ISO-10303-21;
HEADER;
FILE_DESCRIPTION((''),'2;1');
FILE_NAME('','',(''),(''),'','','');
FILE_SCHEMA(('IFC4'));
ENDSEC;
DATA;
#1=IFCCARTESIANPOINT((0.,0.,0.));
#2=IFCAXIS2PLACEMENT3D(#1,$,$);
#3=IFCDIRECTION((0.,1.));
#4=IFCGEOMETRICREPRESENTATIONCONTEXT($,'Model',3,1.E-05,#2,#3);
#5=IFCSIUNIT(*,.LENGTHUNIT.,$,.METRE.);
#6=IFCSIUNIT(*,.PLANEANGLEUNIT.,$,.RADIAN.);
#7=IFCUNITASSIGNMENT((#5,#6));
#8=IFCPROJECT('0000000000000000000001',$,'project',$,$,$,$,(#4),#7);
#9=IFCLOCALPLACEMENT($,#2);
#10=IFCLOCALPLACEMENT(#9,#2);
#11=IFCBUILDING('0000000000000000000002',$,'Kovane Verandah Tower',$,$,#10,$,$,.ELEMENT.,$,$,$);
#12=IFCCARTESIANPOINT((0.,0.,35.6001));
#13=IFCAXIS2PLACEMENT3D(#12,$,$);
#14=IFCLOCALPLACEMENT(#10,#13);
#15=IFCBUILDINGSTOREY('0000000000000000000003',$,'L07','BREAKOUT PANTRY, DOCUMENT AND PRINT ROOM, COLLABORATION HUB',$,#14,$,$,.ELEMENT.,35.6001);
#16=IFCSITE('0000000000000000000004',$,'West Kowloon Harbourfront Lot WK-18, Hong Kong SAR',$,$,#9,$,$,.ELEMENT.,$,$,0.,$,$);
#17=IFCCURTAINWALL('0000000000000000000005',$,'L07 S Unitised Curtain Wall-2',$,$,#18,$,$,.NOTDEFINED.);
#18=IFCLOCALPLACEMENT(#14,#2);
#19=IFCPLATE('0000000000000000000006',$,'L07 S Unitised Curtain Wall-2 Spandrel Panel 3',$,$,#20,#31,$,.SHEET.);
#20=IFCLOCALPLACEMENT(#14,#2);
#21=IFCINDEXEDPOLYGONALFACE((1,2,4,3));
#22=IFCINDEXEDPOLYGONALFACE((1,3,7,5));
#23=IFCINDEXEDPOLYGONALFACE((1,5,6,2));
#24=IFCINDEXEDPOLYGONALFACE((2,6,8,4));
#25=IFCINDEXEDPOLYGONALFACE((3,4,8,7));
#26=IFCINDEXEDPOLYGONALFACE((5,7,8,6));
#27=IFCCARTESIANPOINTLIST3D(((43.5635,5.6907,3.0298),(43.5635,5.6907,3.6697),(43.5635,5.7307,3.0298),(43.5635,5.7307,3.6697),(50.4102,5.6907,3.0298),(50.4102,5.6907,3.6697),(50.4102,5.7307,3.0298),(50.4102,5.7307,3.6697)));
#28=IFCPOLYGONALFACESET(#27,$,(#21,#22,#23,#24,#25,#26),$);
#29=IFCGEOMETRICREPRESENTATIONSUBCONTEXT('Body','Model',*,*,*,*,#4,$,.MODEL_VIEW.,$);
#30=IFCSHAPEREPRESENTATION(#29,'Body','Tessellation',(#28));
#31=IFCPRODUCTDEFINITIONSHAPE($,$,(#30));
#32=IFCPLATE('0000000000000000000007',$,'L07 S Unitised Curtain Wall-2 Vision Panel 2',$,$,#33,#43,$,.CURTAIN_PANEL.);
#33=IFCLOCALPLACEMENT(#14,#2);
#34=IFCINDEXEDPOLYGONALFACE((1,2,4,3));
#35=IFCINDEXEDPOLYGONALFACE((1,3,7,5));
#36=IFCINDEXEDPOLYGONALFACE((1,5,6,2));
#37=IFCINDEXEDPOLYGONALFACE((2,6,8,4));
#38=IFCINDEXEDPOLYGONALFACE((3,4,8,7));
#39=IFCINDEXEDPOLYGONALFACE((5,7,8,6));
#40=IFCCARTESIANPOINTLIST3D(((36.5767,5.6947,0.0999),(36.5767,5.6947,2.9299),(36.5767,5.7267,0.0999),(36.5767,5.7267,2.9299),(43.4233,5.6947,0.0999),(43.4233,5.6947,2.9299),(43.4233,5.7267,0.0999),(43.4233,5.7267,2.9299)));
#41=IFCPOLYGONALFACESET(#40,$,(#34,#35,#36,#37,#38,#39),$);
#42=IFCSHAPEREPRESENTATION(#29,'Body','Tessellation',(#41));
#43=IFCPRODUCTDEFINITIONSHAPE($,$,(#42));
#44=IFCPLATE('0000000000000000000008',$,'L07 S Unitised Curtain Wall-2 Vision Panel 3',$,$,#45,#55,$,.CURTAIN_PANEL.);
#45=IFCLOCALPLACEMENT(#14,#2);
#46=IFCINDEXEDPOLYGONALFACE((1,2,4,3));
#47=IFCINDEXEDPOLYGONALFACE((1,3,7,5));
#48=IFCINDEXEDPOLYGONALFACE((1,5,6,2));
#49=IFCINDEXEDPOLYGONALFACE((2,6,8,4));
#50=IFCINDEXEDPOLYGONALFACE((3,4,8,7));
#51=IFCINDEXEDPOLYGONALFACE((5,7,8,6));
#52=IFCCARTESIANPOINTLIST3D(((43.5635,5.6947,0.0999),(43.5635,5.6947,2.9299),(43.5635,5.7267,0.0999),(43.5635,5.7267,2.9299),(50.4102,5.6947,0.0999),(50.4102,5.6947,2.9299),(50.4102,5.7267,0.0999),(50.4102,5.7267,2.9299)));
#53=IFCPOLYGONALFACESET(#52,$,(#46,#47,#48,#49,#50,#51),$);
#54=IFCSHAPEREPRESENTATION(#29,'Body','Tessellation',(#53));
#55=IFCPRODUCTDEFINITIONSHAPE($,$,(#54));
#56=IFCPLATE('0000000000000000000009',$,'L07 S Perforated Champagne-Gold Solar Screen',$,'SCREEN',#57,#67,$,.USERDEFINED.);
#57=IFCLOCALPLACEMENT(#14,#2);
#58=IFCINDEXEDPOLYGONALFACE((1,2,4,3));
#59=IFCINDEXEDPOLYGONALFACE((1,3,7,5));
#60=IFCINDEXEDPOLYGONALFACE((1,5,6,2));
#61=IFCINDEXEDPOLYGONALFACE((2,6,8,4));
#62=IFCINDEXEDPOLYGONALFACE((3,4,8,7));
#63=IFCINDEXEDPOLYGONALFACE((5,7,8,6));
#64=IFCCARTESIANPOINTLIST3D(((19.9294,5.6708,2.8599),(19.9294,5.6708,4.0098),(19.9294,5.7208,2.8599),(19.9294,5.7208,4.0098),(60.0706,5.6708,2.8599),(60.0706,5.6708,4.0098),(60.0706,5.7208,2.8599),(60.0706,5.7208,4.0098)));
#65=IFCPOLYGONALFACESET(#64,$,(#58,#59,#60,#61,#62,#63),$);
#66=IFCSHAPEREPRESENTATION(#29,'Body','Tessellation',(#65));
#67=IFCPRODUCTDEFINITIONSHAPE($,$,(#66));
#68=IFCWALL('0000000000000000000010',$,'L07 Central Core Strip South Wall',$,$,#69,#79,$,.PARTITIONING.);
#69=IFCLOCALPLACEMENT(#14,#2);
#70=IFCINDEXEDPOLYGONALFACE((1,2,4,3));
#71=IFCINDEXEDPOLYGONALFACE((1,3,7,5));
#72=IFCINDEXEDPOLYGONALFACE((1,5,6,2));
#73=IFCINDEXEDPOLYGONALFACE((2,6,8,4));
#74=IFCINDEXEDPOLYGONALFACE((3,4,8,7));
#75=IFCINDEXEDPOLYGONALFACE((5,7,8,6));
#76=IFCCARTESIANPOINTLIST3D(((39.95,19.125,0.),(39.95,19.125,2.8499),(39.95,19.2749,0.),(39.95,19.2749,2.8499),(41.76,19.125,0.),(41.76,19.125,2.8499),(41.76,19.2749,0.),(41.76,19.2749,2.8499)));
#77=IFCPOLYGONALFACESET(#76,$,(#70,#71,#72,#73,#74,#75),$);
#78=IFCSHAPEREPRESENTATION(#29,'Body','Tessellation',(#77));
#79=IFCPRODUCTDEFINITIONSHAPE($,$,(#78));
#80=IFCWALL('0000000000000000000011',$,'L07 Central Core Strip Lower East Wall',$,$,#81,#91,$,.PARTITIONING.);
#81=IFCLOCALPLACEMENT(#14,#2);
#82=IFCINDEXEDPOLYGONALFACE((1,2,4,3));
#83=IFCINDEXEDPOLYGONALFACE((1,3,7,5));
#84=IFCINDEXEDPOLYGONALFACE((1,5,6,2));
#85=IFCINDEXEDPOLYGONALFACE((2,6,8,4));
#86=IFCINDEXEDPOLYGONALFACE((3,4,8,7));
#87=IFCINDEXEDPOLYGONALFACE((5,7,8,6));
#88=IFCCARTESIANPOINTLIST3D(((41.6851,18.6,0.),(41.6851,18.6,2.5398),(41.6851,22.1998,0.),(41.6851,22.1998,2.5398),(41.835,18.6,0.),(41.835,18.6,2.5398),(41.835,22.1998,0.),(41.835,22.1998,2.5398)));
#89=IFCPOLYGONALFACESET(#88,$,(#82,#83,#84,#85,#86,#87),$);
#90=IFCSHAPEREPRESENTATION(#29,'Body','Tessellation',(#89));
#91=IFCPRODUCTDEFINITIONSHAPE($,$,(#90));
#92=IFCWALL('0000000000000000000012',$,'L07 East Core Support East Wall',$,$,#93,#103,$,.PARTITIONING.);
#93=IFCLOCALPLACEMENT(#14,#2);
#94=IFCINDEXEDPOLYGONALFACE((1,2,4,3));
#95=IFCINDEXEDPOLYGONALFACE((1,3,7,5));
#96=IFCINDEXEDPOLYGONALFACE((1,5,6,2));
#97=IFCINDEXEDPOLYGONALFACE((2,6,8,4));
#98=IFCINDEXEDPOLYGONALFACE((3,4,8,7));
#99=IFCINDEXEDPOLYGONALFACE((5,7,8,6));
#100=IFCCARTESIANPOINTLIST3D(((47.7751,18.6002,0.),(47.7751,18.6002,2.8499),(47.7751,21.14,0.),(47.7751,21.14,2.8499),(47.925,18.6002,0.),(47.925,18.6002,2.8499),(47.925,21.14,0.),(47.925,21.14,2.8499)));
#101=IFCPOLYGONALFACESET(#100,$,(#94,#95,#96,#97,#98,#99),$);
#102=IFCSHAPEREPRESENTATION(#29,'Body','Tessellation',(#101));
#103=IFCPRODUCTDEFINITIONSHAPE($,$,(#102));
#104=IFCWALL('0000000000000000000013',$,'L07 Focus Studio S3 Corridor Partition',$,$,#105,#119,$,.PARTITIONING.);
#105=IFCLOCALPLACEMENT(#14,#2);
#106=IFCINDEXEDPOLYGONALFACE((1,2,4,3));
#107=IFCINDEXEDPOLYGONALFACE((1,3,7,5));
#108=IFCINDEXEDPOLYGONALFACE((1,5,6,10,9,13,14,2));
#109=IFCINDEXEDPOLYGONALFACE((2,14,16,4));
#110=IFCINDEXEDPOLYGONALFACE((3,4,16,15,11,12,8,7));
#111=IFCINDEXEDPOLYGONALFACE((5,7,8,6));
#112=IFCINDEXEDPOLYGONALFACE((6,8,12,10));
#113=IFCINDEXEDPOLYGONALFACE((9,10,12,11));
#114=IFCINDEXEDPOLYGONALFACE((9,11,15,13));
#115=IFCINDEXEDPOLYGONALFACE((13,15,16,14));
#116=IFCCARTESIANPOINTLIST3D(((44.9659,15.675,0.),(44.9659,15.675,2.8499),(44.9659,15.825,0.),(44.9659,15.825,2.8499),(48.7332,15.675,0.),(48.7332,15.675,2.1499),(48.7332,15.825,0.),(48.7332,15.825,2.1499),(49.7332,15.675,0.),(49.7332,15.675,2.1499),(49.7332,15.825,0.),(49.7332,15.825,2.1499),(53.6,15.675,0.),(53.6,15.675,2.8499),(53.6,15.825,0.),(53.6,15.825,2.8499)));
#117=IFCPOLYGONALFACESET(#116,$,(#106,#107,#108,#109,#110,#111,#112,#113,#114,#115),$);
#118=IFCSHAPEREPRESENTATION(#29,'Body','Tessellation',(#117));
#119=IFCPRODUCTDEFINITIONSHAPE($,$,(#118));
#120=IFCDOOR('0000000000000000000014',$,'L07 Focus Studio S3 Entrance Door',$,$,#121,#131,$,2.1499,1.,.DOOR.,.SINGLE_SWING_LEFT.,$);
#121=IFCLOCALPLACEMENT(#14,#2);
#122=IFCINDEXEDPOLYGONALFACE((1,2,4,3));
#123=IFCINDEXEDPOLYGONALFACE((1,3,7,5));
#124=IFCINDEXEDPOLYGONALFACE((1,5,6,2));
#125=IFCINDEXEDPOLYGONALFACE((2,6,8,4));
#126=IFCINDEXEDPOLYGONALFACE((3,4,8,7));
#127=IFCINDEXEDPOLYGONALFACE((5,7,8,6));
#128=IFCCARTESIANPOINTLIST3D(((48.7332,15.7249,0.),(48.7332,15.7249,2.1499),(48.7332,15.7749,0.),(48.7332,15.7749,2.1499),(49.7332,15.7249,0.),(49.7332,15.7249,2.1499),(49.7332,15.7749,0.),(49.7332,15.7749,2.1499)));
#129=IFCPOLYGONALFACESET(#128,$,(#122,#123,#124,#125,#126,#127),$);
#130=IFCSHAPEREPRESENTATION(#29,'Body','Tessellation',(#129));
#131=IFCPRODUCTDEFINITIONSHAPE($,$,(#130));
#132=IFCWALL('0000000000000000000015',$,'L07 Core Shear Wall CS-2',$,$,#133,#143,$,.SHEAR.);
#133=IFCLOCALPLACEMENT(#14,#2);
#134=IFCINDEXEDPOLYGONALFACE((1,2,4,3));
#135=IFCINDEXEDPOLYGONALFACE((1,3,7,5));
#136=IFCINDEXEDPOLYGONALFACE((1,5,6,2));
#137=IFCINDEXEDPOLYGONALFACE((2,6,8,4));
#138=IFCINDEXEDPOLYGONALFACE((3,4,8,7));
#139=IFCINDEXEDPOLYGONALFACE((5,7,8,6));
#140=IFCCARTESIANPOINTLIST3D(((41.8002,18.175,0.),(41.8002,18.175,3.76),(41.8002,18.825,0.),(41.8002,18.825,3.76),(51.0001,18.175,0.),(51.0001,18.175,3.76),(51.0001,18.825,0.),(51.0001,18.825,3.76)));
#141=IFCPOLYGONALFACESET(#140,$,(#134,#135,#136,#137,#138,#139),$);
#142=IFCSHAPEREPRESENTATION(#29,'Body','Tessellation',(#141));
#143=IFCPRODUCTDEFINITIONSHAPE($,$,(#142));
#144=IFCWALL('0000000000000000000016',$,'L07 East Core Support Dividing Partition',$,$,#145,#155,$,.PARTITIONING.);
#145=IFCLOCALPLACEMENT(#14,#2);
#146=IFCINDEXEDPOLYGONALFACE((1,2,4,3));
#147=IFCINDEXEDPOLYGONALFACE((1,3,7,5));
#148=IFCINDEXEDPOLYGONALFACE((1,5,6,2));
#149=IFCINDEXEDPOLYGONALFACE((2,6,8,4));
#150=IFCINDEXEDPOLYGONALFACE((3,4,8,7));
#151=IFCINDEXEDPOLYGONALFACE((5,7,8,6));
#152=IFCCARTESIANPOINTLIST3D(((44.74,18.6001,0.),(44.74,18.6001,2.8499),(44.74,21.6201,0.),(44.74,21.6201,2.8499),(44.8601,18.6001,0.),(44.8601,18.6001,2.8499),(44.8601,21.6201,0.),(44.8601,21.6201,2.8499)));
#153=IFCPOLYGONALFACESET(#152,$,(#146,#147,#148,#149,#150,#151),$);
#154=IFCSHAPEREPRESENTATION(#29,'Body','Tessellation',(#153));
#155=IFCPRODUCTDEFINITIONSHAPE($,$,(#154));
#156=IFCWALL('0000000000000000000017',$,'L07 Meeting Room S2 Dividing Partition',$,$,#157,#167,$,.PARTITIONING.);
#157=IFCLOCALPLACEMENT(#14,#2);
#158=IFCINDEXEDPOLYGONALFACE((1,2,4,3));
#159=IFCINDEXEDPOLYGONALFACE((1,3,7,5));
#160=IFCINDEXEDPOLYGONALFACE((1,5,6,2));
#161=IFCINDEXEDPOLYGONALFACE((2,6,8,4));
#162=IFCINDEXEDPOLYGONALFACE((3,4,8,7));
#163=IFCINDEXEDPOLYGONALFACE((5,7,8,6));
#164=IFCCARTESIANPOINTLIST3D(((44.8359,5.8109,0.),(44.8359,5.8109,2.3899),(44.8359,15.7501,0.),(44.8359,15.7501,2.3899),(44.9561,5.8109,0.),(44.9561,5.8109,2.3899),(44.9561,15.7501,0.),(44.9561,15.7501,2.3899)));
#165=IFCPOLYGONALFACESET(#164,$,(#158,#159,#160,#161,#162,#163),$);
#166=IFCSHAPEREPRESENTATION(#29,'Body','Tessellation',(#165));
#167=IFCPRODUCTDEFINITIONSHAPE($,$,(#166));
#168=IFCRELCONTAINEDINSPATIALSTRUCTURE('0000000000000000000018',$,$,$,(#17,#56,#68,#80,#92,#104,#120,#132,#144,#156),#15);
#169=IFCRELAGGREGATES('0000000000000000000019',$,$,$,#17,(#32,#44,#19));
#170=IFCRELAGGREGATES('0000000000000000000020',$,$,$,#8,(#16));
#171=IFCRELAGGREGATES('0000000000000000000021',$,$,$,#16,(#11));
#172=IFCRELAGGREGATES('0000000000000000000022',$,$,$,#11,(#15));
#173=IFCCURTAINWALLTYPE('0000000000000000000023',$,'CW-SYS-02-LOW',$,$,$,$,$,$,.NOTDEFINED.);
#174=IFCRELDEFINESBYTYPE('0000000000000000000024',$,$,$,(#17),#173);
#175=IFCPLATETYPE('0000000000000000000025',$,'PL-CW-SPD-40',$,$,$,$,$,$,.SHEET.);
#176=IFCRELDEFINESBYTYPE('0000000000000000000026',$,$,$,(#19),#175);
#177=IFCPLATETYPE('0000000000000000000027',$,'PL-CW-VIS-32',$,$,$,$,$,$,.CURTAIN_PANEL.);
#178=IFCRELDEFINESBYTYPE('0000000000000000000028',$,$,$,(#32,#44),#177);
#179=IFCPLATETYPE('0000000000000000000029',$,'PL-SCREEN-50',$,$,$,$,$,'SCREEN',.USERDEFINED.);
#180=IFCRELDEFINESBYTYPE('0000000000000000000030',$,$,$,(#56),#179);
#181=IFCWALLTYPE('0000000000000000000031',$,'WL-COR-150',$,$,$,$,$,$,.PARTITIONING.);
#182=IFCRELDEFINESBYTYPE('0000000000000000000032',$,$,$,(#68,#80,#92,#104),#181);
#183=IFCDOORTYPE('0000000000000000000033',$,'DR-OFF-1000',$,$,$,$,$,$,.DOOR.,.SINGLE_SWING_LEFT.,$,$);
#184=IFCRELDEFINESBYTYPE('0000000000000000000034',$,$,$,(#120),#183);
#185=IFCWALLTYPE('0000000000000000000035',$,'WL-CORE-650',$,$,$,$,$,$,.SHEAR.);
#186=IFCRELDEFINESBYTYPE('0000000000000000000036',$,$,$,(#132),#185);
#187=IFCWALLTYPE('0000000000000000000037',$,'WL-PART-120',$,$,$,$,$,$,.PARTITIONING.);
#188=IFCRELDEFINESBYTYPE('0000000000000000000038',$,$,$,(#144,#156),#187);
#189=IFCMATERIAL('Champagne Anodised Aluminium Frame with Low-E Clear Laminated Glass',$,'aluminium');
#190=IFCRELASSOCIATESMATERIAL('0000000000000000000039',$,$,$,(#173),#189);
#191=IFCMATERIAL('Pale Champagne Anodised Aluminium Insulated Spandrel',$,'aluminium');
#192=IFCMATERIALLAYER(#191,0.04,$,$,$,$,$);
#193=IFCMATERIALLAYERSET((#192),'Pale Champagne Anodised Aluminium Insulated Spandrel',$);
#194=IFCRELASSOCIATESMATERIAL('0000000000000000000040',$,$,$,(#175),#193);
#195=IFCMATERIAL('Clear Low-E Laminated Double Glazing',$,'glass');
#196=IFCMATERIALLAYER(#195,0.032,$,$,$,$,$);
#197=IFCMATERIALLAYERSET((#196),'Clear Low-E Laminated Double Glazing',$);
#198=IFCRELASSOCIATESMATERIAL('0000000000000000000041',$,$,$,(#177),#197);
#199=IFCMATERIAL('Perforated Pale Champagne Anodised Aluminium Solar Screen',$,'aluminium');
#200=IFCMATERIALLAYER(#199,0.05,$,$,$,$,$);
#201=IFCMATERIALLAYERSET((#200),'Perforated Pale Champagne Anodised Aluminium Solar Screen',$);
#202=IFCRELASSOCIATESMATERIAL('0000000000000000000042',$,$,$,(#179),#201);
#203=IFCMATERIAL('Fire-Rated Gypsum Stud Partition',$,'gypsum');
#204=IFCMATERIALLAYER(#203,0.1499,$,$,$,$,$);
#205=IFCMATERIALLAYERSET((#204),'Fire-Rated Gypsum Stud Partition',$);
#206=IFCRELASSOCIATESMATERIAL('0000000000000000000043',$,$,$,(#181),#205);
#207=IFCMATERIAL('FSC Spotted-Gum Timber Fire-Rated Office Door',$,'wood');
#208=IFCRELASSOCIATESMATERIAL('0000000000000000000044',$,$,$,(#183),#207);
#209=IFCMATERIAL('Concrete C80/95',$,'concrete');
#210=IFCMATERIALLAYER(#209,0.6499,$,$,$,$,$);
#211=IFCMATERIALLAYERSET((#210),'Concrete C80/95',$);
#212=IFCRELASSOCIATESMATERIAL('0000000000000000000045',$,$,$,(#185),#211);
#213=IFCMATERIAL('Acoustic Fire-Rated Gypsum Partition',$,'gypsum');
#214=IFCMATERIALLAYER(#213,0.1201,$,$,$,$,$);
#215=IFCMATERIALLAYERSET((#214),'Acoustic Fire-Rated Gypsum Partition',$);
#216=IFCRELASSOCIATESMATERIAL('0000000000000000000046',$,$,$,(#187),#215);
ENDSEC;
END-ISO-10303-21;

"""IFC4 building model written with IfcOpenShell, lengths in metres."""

from ifc_helpers import new_model, si_unit, direction, frame, frame_2d, origin, origin_2d, place, context, subcontext, project, spatial, rectangle, extrude, material, layer, layer_set, type_object, element, fill, aggregate, save


model = new_model("IFC4")

# Units and contexts
model_context = context("Model", 3, precision=1e-05, world=origin(), true_north=direction((0.0, 1.0)))
body_context = subcontext(model_context, "Body", "Model", "MODEL_VIEW")
ifc_project = project(units=[si_unit("LENGTHUNIT", "METRE"), si_unit("PLANEANGLEUNIT", "RADIAN")], contexts=[model_context])

# Site, building, storey
site_placement = place(None, origin())
site = spatial("IfcSite", under=ifc_project, at=site_placement, Name="West Kowloon Harbourfront Lot WK-18, Hong Kong SAR", CompositionType="ELEMENT", RefElevation=0.0)
building_placement = place(site_placement, origin())
building = spatial("IfcBuilding", under=site, at=building_placement, Name="Kovane Verandah Tower", CompositionType="ELEMENT")
storey_placement = place(building_placement, frame((0.0, 0.0, 35.6001)))
storey = spatial("IfcBuildingStorey", under=building, at=storey_placement, Name="L07", Description="BREAKOUT PANTRY, DOCUMENT AND PRINT ROOM, COLLABORATION HUB", CompositionType="ELEMENT", Elevation=35.6001)

# Shared definitions
ifc_material_1 = material(Name="Concrete C80/95", Category="concrete")

# Curtain wall, plates
ifc_material_2 = material(Name="Champagne Anodised Aluminium Frame with Low-E Clear Laminated Glass", Category="aluminium")
curtain_wall_type = type_object("IfcCurtainWallType", Name="CW-SYS-02-LOW", PredefinedType="NOTDEFINED", material=ifc_material_2)
curtain_wall_placement = place(storey_placement, origin())
curtain_wall = element("IfcCurtainWall", 1, at=curtain_wall_placement, inside=storey, type_object=curtain_wall_type, Name="L07 S Unitised Curtain Wall-2", PredefinedType="NOTDEFINED")
ifc_material_3 = material(Name="Pale Champagne Anodised Aluminium Insulated Spandrel", Category="aluminium")
ifc_layer_1 = layer(ifc_material_3, 0.04)
ifc_layer_set_1 = layer_set([ifc_layer_1], Name="Pale Champagne Anodised Aluminium Insulated Spandrel")
plate_type_1 = type_object("IfcPlateType", Name="PL-CW-SPD-40", PredefinedType="SHEET", material=ifc_layer_set_1)
plate_1_placement = place(storey_placement, frame((46.9868, 5.7107, 3.0298), z_axis=(0.0, 0.0, 1.0), x_axis=(1.0, 0.0, 0.0)))
plate_1 = element("IfcPlate", 2, at=plate_1_placement, type_object=plate_type_1, Name="L07 S Unitised Curtain Wall-2 Spandrel Panel 3", PredefinedType="SHEET", context=body_context, shape_type="SweptSolid", body=[
    extrude(rectangle(XDim=6.8467, YDim=0.04, at=origin_2d()), origin(), (0.0, 0.0, 1.0), 0.6399),
])
ifc_material_4 = material(Name="Clear Low-E Laminated Double Glazing", Category="glass")
ifc_layer_2 = layer(ifc_material_4, 0.032)
ifc_layer_set_2 = layer_set([ifc_layer_2], Name="Clear Low-E Laminated Double Glazing")
plate_type_2 = type_object("IfcPlateType", Name="PL-CW-VIS-32", PredefinedType="CURTAIN_PANEL", material=ifc_layer_set_2)
plate_2_placement = place(storey_placement, frame((40.0, 5.7107, 0.0999), z_axis=(0.0, 0.0, 1.0), x_axis=(1.0, 0.0, 0.0)))
plate_2 = element("IfcPlate", 3, at=plate_2_placement, type_object=plate_type_2, Name="L07 S Unitised Curtain Wall-2 Vision Panel 2", PredefinedType="CURTAIN_PANEL", context=body_context, shape_type="SweptSolid", body=[
    extrude(rectangle(XDim=6.8467, YDim=0.032, at=origin_2d()), origin(), (0.0, 0.0, 1.0), 2.8301),
])
plate_3_placement = place(storey_placement, frame((46.9868, 5.7107, 0.0999), z_axis=(0.0, 0.0, 1.0), x_axis=(1.0, 0.0, 0.0)))
plate_3 = element("IfcPlate", 4, at=plate_3_placement, type_object=plate_type_2, Name="L07 S Unitised Curtain Wall-2 Vision Panel 3", PredefinedType="CURTAIN_PANEL", context=body_context, shape_type="SweptSolid", body=[
    extrude(rectangle(XDim=6.8467, YDim=0.032, at=origin_2d()), origin(), (0.0, 0.0, 1.0), 2.8301),
])
aggregate(curtain_wall, [plate_2, plate_3, plate_1])

# Plate
ifc_material_5 = material(Name="Perforated Pale Champagne Anodised Aluminium Solar Screen", Category="aluminium")
ifc_layer_3 = layer(ifc_material_5, 0.05)
ifc_layer_set_3 = layer_set([ifc_layer_3], Name="Perforated Pale Champagne Anodised Aluminium Solar Screen")
plate_type_3 = type_object("IfcPlateType", Name="PL-SCREEN-50", ElementType="SCREEN", PredefinedType="USERDEFINED", material=ifc_layer_set_3)
plate_4_placement = place(storey_placement, frame((40.0, 5.6958, 2.8599), z_axis=(0.0, 0.0, 1.0), x_axis=(1.0, 0.0, 0.0)))
element("IfcPlate", 5, at=plate_4_placement, inside=storey, type_object=plate_type_3, Name="L07 S Perforated Champagne-Gold Solar Screen", ObjectType="SCREEN", PredefinedType="USERDEFINED", context=body_context, shape_type="SweptSolid", body=[
    extrude(rectangle(XDim=40.1411, YDim=0.05, at=origin_2d()), origin(), (0.0, 0.0, 1.0), 1.1499),
])

# Walls
ifc_material_6 = material(Name="Fire-Rated Gypsum Stud Partition", Category="gypsum")
ifc_layer_4 = layer(ifc_material_6, 0.1499)
ifc_layer_set_4 = layer_set([ifc_layer_4], Name="Fire-Rated Gypsum Stud Partition")
wall_type_1 = type_object("IfcWallType", Name="WL-COR-150", PredefinedType="PARTITIONING", material=ifc_layer_set_4)
wall_1_placement = place(storey_placement, frame((39.95, 19.2, 0.0), z_axis=(0.0, 0.0, 1.0), x_axis=(1.0, 0.0, 0.0)))
element("IfcWall", 6, at=wall_1_placement, inside=storey, type_object=wall_type_1, Name="L07 Central Core Strip South Wall", PredefinedType="PARTITIONING", context=body_context, shape_type="SweptSolid", body=[
    extrude(rectangle(XDim=1.8101, YDim=0.1499, at=frame_2d((0.905, 0.0))), origin(), (0.0, 0.0, 1.0), 2.8499),
])
wall_2_placement = place(storey_placement, frame((41.76, 18.6001, 0.0), z_axis=(0.0, 0.0, 1.0), x_axis=(0.0, 1.0, 0.0)))
element("IfcWall", 7, at=wall_2_placement, inside=storey, type_object=wall_type_1, Name="L07 Central Core Strip Lower East Wall", PredefinedType="PARTITIONING", context=body_context, shape_type="SweptSolid", body=[
    extrude(rectangle(XDim=3.5999, YDim=0.1499, at=frame_2d((1.7998, 0.0))), origin(), (0.0, 0.0, 1.0), 2.5398),
])
wall_3_placement = place(storey_placement, frame((47.8501, 18.6001, 0.0), z_axis=(0.0, 0.0, 1.0), x_axis=(0.0, 1.0, 0.0)))
element("IfcWall", 8, at=wall_3_placement, inside=storey, type_object=wall_type_1, Name="L07 East Core Support East Wall", PredefinedType="PARTITIONING", context=body_context, shape_type="SweptSolid", body=[
    extrude(rectangle(XDim=2.5398, YDim=0.1499, at=frame_2d((1.27, 0.0))), origin(), (0.0, 0.0, 1.0), 2.8499),
])

# Wall, opening, door
wall_4_placement = place(storey_placement, frame((44.9661, 15.75, 0.0), z_axis=(0.0, 0.0, 1.0), x_axis=(1.0, 0.0, 0.0)))
wall_4 = element("IfcWall", 9, at=wall_4_placement, inside=storey, type_object=wall_type_1, Name="L07 Focus Studio S3 Corridor Partition", PredefinedType="PARTITIONING", context=body_context, shape_type="SweptSolid", body=[
    extrude(rectangle(XDim=8.634, YDim=0.1499, at=frame_2d((4.3169, 0.0))), origin(), (0.0, 0.0, 1.0), 2.8499),
])
opening_placement = place(wall_4_placement, frame((3.7671, 0.0, 0.0)))
opening = element("IfcOpeningElement", 10, at=opening_placement, cuts=wall_4, PredefinedType="OPENING", context=body_context, shape_type="SweptSolid", body=[
    extrude(rectangle(XDim=1.0, YDim=2.1499, at=frame_2d((0.5, 1.075))), frame((0.0, 0.075, 0.0), z_axis=(0.0, -1.0, 0.0), x_axis=(1.0, 0.0, 0.0)), (0.0, 0.0, 1.0), 0.1499),
])
ifc_material_7 = material(Name="FSC Spotted-Gum Timber Fire-Rated Office Door", Category="wood")
door_type = type_object("IfcDoorType", Name="DR-OFF-1000", OperationType="SINGLE_SWING_LEFT", PredefinedType="DOOR", material=ifc_material_7)
door_placement = place(opening_placement, origin())
door = element("IfcDoor", 11, at=door_placement, inside=storey, type_object=door_type, Name="L07 Focus Studio S3 Entrance Door", OperationType="SINGLE_SWING_LEFT", OverallHeight=2.1499, OverallWidth=1.0, PredefinedType="DOOR", context=body_context, shape_type="SweptSolid", body=[
    extrude(rectangle(XDim=1.0, YDim=2.1499, at=frame_2d((0.5, 1.075))), frame((0.0, 0.0249, 0.0), z_axis=(0.0, -1.0, 0.0), x_axis=(1.0, 0.0, 0.0)), (0.0, 0.0, 1.0), 0.05),
])
fill(opening, door)

# Walls
ifc_layer_5 = layer(ifc_material_1, 0.6499)
ifc_layer_set_5 = layer_set([ifc_layer_5], Name="Concrete C80/95")
wall_type_2 = type_object("IfcWallType", Name="WL-CORE-650", PredefinedType="SHEAR", material=ifc_layer_set_5)
wall_5_placement = place(storey_placement, frame((41.8, 18.5, 0.0), z_axis=(0.0, 0.0, 1.0), x_axis=(1.0, 0.0, 0.0)))
element("IfcWall", 12, at=wall_5_placement, inside=storey, type_object=wall_type_2, Name="L07 Core Shear Wall CS-2", PredefinedType="SHEAR", context=body_context, shape_type="SweptSolid", body=[
    extrude(rectangle(XDim=9.2, YDim=0.6499, at=frame_2d((4.6001, 0.0))), origin(), (0.0, 0.0, 1.0), 3.76),
])
ifc_material_8 = material(Name="Acoustic Fire-Rated Gypsum Partition", Category="gypsum")
ifc_layer_6 = layer(ifc_material_8, 0.1201)
ifc_layer_set_6 = layer_set([ifc_layer_6], Name="Acoustic Fire-Rated Gypsum Partition")
wall_type_3 = type_object("IfcWallType", Name="WL-PART-120", PredefinedType="PARTITIONING", material=ifc_layer_set_6)
wall_6_placement = place(storey_placement, frame((44.8, 18.6001, 0.0), z_axis=(0.0, 0.0, 1.0), x_axis=(0.0, 1.0, 0.0)))
element("IfcWall", 13, at=wall_6_placement, inside=storey, type_object=wall_type_3, Name="L07 East Core Support Dividing Partition", PredefinedType="PARTITIONING", context=body_context, shape_type="SweptSolid", body=[
    extrude(rectangle(XDim=3.02, YDim=0.1201, at=frame_2d((1.51, 0.0))), origin(), (0.0, 0.0, 1.0), 2.8499),
])
wall_7_placement = place(storey_placement, frame((44.896, 5.8108, 0.0), z_axis=(0.0, 0.0, 1.0), x_axis=(0.0, 1.0, 0.0)))
element("IfcWall", 14, at=wall_7_placement, inside=storey, type_object=wall_type_3, Name="L07 Meeting Room S2 Dividing Partition", PredefinedType="PARTITIONING", context=body_context, shape_type="SweptSolid", body=[
    extrude(rectangle(XDim=9.9392, YDim=0.1201, at=frame_2d((4.9697, 0.0))), origin(), (0.0, 0.0, 1.0), 2.3899),
])

save(model, "model.ifc")
